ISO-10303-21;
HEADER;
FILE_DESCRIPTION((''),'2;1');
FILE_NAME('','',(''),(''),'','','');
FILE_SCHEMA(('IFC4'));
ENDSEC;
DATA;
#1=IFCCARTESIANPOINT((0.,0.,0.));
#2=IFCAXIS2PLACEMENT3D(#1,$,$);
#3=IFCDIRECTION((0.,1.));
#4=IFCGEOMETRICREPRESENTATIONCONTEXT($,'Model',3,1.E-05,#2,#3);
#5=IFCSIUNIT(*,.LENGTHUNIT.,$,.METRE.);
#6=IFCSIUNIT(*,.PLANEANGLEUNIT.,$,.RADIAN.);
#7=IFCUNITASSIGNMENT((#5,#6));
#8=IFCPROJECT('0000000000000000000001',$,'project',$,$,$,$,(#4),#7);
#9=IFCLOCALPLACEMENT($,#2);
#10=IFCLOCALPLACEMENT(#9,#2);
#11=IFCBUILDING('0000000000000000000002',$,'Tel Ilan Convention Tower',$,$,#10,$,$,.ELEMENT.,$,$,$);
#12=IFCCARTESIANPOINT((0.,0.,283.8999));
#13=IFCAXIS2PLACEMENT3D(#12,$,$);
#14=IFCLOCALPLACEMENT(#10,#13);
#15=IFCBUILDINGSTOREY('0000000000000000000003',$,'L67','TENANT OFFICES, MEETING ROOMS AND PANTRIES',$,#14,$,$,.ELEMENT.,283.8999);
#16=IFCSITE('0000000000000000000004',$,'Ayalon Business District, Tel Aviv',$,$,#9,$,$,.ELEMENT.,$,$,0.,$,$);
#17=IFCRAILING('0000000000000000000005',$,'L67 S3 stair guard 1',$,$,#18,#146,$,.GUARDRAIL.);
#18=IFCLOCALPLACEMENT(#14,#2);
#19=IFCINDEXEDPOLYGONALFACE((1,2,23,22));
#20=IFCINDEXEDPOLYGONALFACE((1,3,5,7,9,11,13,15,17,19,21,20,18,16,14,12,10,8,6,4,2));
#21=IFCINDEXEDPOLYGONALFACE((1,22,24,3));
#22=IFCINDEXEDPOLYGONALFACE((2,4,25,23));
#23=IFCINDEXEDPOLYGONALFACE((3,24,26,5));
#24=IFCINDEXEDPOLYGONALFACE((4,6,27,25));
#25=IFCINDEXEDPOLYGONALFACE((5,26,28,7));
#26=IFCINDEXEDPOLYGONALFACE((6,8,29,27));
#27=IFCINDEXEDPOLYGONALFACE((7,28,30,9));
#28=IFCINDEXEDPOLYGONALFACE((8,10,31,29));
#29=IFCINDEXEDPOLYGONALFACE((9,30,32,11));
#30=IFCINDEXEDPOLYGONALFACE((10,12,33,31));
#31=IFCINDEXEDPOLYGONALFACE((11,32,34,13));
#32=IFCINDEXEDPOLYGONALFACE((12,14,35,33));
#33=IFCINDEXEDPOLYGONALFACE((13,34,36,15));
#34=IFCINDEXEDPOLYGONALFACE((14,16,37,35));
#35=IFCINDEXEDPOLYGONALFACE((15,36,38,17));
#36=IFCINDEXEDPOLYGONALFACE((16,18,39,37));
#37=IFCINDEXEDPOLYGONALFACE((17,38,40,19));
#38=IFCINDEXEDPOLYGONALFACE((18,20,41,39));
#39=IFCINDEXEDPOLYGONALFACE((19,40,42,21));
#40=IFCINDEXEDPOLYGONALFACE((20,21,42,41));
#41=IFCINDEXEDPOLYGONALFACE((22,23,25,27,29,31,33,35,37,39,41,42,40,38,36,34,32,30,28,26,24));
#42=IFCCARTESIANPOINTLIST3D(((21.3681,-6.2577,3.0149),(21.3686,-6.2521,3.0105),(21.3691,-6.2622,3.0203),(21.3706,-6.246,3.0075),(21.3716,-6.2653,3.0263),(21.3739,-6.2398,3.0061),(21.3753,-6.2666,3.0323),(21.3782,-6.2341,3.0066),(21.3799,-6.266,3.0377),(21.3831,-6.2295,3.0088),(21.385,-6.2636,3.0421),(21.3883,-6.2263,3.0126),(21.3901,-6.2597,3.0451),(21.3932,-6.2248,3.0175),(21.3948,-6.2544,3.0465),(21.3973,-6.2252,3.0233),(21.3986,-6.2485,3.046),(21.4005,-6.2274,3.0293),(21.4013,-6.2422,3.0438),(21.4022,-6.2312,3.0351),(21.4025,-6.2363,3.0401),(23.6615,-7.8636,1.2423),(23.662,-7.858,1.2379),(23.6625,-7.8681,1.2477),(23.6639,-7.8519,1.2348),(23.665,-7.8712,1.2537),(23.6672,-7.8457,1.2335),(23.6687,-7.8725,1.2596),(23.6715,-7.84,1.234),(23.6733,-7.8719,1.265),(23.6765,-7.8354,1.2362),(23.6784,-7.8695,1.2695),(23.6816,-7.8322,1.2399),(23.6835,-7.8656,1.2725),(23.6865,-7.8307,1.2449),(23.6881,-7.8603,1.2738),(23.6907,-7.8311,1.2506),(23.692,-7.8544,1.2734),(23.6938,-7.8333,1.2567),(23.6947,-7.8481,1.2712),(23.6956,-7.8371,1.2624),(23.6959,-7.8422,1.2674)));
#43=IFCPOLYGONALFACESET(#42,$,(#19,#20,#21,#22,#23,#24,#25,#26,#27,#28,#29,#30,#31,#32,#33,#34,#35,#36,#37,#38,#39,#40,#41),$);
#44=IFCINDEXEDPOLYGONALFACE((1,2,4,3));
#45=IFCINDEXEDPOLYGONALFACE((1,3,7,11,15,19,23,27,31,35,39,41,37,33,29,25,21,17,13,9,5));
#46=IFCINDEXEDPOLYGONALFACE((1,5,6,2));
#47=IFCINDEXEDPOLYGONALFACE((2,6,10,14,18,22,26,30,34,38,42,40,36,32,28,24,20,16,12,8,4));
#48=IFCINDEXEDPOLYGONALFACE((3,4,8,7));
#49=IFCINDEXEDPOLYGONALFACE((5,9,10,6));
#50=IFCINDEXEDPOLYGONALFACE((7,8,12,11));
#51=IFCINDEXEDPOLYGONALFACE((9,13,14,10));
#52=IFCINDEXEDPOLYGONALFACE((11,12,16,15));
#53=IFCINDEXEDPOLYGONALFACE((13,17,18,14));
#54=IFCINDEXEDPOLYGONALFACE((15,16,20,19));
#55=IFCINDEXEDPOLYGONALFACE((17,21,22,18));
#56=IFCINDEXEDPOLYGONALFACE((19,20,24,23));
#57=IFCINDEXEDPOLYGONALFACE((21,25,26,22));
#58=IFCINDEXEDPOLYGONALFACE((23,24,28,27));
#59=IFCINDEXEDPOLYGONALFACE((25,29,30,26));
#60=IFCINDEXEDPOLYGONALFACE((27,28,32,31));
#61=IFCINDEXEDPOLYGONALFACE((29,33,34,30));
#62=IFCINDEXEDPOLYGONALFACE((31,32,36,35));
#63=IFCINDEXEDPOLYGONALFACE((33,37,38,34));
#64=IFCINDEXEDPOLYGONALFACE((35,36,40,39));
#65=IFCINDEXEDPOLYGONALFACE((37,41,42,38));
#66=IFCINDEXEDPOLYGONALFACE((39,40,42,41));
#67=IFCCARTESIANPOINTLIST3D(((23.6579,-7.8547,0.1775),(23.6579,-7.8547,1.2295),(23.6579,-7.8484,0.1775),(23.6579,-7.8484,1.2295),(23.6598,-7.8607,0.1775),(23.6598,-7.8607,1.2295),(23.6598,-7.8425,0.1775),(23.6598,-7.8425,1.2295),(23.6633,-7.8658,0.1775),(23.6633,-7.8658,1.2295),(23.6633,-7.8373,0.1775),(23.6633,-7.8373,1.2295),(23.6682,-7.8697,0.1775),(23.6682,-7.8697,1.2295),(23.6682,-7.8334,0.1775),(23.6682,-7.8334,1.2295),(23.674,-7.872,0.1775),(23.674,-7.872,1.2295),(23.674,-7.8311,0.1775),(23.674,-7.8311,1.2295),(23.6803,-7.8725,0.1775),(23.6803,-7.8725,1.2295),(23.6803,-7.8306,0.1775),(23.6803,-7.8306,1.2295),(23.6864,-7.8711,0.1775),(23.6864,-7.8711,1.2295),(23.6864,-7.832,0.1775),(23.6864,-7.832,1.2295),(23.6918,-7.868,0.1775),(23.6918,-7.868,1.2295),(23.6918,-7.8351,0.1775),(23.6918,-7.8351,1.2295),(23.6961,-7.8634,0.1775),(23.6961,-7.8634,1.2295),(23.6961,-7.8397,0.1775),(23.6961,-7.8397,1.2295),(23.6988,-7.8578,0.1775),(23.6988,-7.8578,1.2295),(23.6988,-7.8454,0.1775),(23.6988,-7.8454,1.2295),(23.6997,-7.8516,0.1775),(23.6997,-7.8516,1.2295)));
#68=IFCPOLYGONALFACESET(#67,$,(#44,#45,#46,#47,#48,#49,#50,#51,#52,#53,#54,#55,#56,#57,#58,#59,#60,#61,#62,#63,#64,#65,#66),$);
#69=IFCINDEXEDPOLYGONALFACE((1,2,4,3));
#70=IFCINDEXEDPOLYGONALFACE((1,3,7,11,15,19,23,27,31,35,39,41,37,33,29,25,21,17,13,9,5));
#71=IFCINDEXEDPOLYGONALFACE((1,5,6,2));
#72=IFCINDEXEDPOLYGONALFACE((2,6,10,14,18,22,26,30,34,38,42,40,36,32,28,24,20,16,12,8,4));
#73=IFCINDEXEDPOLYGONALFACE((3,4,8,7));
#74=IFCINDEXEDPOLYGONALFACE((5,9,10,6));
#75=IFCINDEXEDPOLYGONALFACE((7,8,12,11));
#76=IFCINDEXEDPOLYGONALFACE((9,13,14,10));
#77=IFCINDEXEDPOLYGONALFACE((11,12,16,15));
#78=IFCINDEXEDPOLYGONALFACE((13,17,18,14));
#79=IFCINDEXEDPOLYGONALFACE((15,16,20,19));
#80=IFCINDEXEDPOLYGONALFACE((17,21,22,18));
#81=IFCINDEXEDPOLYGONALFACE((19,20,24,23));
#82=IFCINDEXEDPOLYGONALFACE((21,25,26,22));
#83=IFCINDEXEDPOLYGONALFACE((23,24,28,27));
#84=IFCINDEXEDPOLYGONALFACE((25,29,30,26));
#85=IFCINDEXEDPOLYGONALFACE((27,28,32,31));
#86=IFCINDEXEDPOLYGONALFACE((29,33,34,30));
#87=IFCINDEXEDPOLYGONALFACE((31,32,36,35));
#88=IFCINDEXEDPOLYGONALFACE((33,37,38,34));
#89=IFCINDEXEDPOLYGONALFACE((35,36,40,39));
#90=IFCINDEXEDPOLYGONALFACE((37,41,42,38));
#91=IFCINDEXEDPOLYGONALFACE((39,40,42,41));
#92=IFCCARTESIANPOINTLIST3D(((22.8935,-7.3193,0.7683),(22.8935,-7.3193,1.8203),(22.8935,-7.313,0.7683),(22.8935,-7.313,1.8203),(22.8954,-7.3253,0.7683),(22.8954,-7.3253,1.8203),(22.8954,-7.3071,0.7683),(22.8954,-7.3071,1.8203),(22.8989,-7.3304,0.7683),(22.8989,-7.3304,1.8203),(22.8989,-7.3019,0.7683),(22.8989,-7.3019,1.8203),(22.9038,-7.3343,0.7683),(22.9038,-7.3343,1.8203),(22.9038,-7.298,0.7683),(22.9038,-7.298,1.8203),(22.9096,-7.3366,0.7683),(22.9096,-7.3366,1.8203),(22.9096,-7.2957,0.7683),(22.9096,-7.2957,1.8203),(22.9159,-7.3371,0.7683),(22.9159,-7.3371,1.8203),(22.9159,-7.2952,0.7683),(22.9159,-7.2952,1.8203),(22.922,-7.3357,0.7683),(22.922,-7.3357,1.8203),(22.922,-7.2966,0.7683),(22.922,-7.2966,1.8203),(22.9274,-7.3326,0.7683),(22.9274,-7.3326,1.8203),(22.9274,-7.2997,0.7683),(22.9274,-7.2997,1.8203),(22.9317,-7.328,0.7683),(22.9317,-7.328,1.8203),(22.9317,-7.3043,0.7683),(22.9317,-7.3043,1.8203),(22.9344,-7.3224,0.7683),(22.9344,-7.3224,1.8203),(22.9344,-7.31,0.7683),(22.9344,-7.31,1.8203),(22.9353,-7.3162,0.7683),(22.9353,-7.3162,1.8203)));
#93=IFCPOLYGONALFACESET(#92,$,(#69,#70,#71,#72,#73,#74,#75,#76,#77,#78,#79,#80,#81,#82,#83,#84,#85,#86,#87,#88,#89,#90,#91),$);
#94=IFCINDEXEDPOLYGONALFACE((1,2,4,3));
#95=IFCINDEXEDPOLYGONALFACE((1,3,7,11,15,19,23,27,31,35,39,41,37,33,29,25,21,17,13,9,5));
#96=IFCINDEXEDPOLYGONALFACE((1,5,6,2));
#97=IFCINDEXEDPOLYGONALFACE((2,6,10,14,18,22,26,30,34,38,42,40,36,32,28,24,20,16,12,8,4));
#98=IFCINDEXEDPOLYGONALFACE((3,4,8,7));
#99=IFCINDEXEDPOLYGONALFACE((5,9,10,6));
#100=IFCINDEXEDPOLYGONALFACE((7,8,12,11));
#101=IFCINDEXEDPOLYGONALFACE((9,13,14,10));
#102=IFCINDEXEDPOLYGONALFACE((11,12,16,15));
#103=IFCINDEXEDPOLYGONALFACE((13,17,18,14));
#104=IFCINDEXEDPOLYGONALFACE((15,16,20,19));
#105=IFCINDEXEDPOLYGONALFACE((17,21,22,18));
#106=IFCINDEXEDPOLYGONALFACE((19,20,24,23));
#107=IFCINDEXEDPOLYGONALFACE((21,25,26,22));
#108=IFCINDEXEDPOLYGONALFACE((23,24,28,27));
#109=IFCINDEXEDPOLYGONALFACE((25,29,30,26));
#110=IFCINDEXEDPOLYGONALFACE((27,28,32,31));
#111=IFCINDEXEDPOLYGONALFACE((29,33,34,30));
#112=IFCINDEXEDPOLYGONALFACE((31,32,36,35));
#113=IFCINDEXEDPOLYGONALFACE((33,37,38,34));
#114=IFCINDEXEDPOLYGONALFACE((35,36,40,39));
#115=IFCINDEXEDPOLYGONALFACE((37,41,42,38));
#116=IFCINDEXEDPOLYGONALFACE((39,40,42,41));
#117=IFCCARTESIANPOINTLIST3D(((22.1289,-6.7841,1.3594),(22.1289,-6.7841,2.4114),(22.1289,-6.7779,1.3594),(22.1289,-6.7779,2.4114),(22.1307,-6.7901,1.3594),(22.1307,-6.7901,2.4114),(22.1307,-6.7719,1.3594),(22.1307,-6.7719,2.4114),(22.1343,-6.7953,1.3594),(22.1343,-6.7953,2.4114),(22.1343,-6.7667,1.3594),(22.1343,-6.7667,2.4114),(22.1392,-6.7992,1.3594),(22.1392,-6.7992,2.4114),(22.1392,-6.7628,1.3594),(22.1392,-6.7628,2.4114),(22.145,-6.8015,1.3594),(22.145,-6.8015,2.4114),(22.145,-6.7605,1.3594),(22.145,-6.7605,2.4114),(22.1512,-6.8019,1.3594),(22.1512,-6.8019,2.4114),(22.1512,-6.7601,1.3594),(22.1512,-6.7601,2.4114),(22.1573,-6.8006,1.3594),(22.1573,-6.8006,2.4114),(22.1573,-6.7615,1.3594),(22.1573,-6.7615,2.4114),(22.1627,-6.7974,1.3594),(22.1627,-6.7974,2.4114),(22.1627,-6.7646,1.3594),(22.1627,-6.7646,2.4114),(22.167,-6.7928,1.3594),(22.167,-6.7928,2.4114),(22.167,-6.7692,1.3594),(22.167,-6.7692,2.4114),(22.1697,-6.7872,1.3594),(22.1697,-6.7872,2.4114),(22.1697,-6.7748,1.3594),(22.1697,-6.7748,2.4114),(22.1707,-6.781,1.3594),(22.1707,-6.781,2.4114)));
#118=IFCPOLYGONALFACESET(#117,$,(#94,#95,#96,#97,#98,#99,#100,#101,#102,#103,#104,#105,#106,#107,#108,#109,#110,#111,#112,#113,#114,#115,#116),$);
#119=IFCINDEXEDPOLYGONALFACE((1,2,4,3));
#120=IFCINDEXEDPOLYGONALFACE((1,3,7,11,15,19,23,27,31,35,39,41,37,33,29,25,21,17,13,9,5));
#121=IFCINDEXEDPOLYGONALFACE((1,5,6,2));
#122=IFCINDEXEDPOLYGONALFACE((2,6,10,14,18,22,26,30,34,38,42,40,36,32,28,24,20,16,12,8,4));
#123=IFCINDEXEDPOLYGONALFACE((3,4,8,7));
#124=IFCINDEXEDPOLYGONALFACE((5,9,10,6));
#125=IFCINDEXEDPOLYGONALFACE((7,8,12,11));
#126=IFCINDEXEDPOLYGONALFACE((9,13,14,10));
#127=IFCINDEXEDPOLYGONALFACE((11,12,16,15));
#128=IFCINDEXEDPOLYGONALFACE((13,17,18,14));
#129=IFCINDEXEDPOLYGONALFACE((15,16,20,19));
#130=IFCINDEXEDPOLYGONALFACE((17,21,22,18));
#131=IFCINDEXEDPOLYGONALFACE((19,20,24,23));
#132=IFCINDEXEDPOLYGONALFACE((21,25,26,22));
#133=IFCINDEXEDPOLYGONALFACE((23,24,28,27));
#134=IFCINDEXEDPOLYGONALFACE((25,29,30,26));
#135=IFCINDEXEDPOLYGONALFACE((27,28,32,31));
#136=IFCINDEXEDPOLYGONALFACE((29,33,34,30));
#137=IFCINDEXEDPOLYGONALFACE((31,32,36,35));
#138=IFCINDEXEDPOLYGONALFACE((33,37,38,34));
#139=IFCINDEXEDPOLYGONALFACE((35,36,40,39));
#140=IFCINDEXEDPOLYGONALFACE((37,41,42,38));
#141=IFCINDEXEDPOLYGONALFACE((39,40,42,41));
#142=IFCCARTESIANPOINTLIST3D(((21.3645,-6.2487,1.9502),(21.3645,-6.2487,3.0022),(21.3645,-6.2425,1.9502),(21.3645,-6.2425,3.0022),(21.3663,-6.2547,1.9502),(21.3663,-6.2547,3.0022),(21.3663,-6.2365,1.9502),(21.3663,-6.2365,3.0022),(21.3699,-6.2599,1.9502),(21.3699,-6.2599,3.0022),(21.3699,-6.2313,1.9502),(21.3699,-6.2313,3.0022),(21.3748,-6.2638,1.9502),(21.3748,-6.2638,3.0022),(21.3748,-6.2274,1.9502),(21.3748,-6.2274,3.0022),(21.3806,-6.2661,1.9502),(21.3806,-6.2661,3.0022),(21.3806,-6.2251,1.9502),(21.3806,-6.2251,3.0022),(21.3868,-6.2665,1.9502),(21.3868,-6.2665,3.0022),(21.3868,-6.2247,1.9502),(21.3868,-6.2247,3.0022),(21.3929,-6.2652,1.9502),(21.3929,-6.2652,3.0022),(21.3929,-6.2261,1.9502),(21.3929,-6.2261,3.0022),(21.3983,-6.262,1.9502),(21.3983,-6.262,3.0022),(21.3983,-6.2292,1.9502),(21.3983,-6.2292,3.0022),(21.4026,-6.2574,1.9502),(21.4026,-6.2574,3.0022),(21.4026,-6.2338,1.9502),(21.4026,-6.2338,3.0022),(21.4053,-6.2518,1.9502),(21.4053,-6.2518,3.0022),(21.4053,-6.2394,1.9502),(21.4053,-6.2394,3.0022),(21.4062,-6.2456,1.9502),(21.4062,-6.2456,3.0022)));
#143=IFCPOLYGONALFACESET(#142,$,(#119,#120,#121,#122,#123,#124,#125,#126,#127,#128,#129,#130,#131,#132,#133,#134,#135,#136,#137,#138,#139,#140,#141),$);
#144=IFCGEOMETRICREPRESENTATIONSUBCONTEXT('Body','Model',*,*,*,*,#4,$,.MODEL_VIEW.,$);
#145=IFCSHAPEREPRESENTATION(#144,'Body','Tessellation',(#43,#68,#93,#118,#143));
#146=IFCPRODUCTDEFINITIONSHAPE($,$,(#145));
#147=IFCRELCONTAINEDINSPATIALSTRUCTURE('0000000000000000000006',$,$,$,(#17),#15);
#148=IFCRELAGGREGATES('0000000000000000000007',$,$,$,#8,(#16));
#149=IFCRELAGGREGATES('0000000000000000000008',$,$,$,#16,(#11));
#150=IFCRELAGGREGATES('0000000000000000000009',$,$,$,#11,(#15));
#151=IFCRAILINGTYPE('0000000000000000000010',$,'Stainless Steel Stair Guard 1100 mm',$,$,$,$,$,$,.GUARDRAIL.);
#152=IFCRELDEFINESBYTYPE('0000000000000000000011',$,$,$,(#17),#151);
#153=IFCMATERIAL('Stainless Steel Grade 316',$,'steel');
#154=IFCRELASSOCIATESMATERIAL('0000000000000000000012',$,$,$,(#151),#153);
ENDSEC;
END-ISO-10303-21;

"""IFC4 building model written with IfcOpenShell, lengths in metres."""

from ifc_helpers import new_model, si_unit, direction, frame, origin, origin_2d, place, context, subcontext, project, spatial, circle, extrude, material, type_object, element, save


model = new_model("IFC4")

# Units and contexts
model_context = context("Model", 3, precision=1e-05, world=origin(), true_north=direction((0.0, 1.0)))
body_context = subcontext(model_context, "Body", "Model", "MODEL_VIEW")
ifc_project = project(units=[si_unit("LENGTHUNIT", "METRE"), si_unit("PLANEANGLEUNIT", "RADIAN")], contexts=[model_context])

# Site, building, storey
site_placement = place(None, origin())
site = spatial("IfcSite", under=ifc_project, at=site_placement, Name="Ayalon Business District, Tel Aviv", CompositionType="ELEMENT", RefElevation=0.0)
building_placement = place(site_placement, origin())
building = spatial("IfcBuilding", under=site, at=building_placement, Name="Tel Ilan Convention Tower", CompositionType="ELEMENT")
storey_placement = place(building_placement, frame((0.0, 0.0, 283.8999)))
storey = spatial("IfcBuildingStorey", under=building, at=storey_placement, Name="L67", Description="TENANT OFFICES, MEETING ROOMS AND PANTRIES", CompositionType="ELEMENT", Elevation=283.8999)

# Railing
ifc_material_1 = material(Name="Stainless Steel Grade 316", Category="steel")
railing_type_1 = type_object("IfcRailingType", Name="Stainless Steel Stair Guard 1100 mm", PredefinedType="GUARDRAIL", material=ifc_material_1)
railing_1_placement = place(storey_placement, frame((23.6787, -7.8516, 0.1775)))
element("IfcRailing", 1, at=railing_1_placement, inside=storey, type_object=railing_type_1, Name="L67 S3 stair guard 1", PredefinedType="GUARDRAIL", context=body_context, shape_type="SweptSolid", body=[
    extrude(circle(Radius=0.0239, at=origin_2d()), frame((0.0, 0.0, 1.0762), z_axis=(-0.692085, 0.484621, 0.53494), x_axis=(-0.573591, -0.819142, 0.0)), (0.0, 0.0, 1.0), 3.3137),
    extrude(circle(Radius=0.021, at=origin_2d()), origin(), (0.0, 0.0, 1.0), 1.052),
    extrude(circle(Radius=0.021, at=origin_2d()), frame((-0.7644, 0.5354, 0.5908)), (0.0, 0.0, 1.0), 1.052),
    extrude(circle(Radius=0.021, at=origin_2d()), frame((-1.5291, 1.0706, 1.1819)), (0.0, 0.0, 1.0), 1.052),
    extrude(circle(Radius=0.021, at=origin_2d()), frame((-2.2935, 1.606, 1.7727)), (0.0, 0.0, 1.0), 1.052),
])

save(model, "model.ifc")
